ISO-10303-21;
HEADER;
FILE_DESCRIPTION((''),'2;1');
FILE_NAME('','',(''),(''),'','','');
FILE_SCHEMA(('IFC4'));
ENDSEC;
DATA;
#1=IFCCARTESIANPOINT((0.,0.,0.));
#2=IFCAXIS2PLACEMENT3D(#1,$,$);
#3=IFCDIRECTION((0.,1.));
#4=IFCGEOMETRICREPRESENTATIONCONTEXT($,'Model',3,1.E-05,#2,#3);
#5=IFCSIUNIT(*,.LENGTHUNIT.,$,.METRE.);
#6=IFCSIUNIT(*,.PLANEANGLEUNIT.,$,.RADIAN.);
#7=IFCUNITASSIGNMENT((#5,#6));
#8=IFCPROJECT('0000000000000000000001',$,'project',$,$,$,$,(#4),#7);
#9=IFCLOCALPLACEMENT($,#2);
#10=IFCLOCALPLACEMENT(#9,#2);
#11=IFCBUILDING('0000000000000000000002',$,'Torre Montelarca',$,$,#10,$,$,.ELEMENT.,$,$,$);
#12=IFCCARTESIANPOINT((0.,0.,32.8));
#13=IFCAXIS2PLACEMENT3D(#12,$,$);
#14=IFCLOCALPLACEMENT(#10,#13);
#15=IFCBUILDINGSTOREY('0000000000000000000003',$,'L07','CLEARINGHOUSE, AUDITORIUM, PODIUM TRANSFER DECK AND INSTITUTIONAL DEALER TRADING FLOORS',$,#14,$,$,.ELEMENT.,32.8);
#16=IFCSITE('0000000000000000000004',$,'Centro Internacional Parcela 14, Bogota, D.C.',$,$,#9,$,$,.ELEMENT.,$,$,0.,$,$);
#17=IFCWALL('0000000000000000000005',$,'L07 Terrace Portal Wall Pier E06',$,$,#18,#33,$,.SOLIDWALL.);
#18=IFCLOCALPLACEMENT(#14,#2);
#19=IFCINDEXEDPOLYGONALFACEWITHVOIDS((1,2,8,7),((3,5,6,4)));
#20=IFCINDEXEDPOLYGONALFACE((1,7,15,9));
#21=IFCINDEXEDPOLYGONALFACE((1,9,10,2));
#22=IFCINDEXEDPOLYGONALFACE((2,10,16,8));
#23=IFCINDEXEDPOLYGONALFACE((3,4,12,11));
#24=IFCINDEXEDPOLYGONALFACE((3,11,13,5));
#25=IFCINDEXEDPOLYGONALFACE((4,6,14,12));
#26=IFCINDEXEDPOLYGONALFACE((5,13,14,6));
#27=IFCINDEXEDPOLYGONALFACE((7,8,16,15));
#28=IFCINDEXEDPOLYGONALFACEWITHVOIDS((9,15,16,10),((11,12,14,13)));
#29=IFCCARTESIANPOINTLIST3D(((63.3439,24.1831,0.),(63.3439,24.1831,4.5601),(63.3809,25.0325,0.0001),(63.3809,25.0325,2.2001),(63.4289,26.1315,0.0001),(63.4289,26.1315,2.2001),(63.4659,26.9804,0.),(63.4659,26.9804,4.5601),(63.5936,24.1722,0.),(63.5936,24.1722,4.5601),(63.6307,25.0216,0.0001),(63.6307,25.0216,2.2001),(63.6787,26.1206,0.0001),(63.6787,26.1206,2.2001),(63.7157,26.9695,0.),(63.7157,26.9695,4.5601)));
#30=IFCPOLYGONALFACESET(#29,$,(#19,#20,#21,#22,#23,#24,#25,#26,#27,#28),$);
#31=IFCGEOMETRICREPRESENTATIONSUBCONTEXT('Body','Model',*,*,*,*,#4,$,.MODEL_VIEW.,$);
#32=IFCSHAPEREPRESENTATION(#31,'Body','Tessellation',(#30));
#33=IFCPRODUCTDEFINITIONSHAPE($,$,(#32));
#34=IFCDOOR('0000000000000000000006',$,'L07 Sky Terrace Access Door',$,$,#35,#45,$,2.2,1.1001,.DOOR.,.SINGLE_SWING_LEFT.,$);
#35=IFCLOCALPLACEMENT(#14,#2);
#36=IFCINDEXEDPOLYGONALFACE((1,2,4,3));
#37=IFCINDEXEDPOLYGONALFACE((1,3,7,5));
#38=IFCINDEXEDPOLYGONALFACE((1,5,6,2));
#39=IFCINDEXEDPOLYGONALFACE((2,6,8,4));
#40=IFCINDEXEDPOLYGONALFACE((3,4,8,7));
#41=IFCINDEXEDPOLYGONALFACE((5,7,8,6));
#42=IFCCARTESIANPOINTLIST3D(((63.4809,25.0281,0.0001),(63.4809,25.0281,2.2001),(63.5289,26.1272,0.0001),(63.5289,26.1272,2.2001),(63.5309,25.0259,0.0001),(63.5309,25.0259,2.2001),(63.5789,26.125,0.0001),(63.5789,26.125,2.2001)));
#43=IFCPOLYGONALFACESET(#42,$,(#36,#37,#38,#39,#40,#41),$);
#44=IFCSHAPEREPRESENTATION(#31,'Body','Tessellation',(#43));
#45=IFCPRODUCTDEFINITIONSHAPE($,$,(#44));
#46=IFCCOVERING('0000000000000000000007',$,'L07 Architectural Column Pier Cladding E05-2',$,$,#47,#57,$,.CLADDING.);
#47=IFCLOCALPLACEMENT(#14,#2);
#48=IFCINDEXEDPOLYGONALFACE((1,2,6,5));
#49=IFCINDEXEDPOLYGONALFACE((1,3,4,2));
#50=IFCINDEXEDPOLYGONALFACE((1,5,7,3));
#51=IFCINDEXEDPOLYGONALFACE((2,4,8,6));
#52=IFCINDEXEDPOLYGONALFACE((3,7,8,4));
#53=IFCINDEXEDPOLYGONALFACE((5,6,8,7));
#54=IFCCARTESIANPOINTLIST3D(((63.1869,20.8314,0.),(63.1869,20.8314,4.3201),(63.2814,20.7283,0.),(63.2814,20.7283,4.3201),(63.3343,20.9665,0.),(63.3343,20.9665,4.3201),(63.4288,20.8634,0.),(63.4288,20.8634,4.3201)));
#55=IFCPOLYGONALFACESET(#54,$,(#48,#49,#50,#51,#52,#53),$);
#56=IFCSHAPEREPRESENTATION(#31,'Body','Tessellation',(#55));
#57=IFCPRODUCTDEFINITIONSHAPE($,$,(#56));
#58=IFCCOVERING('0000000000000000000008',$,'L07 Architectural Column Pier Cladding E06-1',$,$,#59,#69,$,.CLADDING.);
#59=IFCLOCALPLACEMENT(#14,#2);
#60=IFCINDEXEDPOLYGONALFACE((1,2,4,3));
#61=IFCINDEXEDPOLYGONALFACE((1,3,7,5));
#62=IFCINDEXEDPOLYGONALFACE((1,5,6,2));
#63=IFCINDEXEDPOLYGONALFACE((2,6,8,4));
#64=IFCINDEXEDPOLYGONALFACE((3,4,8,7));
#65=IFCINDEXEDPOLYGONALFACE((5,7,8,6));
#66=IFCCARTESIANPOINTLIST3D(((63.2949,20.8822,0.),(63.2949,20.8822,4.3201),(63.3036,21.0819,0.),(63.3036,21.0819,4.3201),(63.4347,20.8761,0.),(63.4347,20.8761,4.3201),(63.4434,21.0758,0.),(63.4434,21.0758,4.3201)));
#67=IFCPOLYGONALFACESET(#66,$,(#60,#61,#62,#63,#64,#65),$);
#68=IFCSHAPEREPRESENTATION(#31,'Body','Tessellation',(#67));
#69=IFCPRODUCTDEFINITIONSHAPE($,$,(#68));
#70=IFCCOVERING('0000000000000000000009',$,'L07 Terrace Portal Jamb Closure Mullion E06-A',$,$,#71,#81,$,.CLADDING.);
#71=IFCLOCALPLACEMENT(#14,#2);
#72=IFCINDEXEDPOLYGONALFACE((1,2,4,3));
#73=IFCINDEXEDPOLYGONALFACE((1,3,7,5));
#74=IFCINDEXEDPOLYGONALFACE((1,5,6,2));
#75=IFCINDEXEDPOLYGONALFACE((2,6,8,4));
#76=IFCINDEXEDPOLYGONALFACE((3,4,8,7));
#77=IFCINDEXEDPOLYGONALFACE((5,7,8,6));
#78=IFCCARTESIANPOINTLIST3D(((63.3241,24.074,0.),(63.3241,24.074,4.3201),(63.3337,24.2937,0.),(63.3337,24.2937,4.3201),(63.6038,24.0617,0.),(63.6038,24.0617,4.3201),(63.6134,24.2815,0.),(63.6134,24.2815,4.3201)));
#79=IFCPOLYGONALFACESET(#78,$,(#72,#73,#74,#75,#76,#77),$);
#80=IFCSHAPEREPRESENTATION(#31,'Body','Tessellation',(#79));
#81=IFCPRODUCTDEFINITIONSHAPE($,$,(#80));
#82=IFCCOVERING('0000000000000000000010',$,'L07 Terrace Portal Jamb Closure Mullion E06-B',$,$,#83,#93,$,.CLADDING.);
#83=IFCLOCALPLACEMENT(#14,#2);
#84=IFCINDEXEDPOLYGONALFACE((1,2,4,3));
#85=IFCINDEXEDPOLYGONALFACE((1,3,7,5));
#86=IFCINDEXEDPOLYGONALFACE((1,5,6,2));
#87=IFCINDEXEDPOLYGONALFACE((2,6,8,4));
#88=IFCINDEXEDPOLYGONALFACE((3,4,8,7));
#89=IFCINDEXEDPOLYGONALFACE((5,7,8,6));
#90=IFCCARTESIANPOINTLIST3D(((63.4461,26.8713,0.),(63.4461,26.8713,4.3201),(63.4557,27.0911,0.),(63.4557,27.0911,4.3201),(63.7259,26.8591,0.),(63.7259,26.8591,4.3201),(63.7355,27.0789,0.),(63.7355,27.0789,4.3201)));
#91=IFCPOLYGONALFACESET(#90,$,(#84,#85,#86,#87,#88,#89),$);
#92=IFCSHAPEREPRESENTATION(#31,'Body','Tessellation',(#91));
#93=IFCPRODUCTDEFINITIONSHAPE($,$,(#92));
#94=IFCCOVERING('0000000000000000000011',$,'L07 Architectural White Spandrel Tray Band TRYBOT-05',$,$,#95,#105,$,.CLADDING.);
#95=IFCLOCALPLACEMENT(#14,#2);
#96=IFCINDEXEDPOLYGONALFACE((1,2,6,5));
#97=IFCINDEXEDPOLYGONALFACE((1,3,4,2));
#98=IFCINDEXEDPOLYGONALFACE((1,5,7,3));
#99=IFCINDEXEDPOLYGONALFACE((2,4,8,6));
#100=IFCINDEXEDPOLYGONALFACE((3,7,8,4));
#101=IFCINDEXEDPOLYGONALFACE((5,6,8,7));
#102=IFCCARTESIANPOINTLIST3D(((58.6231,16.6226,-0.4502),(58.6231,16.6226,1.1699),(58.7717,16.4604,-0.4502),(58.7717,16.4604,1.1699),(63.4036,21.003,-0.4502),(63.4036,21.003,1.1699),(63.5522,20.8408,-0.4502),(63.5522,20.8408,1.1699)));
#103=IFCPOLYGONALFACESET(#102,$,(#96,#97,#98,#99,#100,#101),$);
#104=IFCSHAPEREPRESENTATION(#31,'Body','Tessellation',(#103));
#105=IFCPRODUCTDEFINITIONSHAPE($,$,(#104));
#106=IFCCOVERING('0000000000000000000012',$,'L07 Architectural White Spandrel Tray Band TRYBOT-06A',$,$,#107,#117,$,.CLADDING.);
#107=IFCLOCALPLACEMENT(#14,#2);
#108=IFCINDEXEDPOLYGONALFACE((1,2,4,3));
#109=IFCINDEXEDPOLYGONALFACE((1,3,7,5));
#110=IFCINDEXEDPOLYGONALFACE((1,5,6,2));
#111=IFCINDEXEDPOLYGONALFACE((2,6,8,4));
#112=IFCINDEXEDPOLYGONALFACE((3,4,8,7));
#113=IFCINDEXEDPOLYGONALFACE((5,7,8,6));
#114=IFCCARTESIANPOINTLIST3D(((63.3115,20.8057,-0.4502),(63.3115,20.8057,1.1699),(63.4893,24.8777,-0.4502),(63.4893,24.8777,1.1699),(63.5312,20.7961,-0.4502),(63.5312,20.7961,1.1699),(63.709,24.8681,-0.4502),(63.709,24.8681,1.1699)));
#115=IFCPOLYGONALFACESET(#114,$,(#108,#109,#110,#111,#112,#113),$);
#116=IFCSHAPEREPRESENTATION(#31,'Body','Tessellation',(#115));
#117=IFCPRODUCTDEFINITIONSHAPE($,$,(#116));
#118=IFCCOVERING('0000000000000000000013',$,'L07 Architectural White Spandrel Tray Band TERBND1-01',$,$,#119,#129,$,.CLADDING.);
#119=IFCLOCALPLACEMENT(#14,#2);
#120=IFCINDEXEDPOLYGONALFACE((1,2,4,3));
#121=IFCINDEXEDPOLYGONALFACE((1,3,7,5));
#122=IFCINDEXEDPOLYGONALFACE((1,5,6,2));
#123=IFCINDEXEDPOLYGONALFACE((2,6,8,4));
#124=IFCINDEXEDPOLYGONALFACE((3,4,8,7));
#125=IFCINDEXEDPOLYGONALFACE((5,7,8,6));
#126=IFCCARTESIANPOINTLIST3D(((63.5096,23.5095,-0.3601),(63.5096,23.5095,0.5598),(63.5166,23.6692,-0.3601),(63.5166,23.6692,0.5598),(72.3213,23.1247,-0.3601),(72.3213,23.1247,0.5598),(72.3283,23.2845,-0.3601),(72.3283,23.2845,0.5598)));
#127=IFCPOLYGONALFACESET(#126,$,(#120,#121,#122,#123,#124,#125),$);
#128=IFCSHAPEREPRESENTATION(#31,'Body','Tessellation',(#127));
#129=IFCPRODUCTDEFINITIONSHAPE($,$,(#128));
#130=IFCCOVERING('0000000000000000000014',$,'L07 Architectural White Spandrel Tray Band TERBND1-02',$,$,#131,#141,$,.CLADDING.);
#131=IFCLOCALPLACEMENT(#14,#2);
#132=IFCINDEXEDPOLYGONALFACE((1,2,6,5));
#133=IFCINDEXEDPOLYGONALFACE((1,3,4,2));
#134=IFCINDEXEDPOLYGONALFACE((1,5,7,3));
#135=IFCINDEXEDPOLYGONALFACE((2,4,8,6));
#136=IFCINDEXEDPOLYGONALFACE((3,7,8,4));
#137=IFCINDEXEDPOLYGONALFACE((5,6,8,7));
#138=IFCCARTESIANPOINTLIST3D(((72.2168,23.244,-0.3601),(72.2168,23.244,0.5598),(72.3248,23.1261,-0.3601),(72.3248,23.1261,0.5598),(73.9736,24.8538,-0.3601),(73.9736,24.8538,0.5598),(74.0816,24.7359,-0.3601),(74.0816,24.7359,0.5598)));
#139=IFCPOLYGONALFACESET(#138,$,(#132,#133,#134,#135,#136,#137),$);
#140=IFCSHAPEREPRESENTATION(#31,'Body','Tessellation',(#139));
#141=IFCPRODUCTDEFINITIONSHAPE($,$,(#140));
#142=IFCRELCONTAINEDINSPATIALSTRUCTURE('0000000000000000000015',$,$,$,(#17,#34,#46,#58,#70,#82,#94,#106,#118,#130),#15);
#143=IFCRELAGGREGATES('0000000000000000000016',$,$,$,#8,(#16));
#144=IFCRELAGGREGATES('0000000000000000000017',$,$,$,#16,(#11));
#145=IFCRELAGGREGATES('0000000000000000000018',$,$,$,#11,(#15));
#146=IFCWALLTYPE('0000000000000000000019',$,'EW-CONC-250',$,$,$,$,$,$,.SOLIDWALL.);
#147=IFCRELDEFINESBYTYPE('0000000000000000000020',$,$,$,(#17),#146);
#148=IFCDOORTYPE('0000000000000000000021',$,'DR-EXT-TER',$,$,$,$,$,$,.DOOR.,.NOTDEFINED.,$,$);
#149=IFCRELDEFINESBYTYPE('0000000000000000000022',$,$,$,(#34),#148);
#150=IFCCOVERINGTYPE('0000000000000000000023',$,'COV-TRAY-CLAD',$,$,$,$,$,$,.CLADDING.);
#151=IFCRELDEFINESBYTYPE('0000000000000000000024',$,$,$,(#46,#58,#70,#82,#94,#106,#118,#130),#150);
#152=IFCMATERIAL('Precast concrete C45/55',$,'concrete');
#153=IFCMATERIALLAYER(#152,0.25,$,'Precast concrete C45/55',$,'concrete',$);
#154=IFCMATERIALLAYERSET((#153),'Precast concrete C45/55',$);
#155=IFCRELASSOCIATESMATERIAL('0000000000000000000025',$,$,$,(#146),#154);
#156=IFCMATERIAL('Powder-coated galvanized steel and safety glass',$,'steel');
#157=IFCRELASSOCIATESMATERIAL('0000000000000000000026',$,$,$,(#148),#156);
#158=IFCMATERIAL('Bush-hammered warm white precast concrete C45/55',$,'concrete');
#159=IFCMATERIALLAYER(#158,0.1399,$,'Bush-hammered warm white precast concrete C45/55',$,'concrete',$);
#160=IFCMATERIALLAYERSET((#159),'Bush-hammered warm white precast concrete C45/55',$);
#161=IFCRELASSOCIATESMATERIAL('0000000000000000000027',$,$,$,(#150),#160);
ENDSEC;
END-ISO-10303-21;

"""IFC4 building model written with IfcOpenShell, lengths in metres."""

from ifc_helpers import new_model, si_unit, direction, frame, frame_2d, origin, origin_2d, place, context, subcontext, project, spatial, rectangle, extrude, source, transform, mapped, material, layer, layer_set, type_object, element, fill, save


model = new_model("IFC4")

# Units and contexts
model_context = context("Model", 3, precision=1e-05, world=origin(), true_north=direction((0.0, 1.0)))
body_context = subcontext(model_context, "Body", "Model", "MODEL_VIEW")
ifc_project = project(units=[si_unit("LENGTHUNIT", "METRE"), si_unit("PLANEANGLEUNIT", "RADIAN")], contexts=[model_context])

# Site, building, storey
site_placement = place(None, origin())
site = spatial("IfcSite", under=ifc_project, at=site_placement, Name="Centro Internacional Parcela 14, Bogota, D.C.", CompositionType="ELEMENT", RefElevation=0.0)
building_placement = place(site_placement, origin())
building = spatial("IfcBuilding", under=site, at=building_placement, Name="Torre Montelarca", CompositionType="ELEMENT")
storey_placement = place(building_placement, frame((0.0, 0.0, 32.8)))
storey = spatial("IfcBuildingStorey", under=building, at=storey_placement, Name="L07", Description="CLEARINGHOUSE, AUDITORIUM, PODIUM TRANSFER DECK AND INSTITUTIONAL DEALER TRADING FLOORS", CompositionType="ELEMENT", Elevation=32.8)

# Wall, opening, door
ifc_material_1 = material(Name="Precast concrete C45/55", Category="concrete")
ifc_layer_1 = layer(ifc_material_1, 0.25, Name="Precast concrete C45/55", Category="concrete")
ifc_layer_set_1 = layer_set([ifc_layer_1], Name="Precast concrete C45/55")
wall_type = type_object("IfcWallType", Name="EW-CONC-250", PredefinedType="SOLIDWALL", material=ifc_layer_set_1)
wall_placement = place(storey_placement, frame((63.4688, 24.1777, 0.0), z_axis=(0.0, 0.0, 1.0), x_axis=(0.043596, 0.999049, 0.0)))
wall = element("IfcWall", 1, at=wall_placement, inside=storey, type_object=wall_type, Name="L07 Terrace Portal Wall Pier E06", PredefinedType="SOLIDWALL", context=body_context, shape_type="SweptSolid", body=[
    extrude(rectangle(XDim=2.8, YDim=0.25, at=frame_2d((1.3999, 0.0))), origin(), (0.0, 0.0, 1.0), 4.5601),
])
opening_placement = place(wall_placement, frame((0.8501, 0.0, 0.0)))
opening = element("IfcOpeningElement", 2, at=opening_placement, cuts=wall, PredefinedType="OPENING", context=body_context, shape_type="SweptSolid", body=[
    extrude(rectangle(XDim=1.1001, YDim=2.2, at=frame_2d((0.55, 1.1001))), frame((0.0, 0.135, 0.0), z_axis=(0.0, -1.0, 0.0), x_axis=(1.0, 0.0, 0.0)), (0.0, 0.0, 1.0), 0.27),
])
ifc_material_2 = material(Name="Powder-coated galvanized steel and safety glass", Category="steel")
door_type = type_object("IfcDoorType", Name="DR-EXT-TER", OperationType="NOTDEFINED", PredefinedType="DOOR", material=ifc_material_2)
shared_shape_1 = source(origin(), body_context, "Body", "SweptSolid", [
    extrude(rectangle(XDim=1.1001, YDim=2.2, at=frame_2d((0.55, 1.1001))), frame((0.0, 0.0249, 0.0), z_axis=(0.0, -1.0, 0.0), x_axis=(1.0, 0.0, 0.0)), (0.0, 0.0, 1.0), 0.05),
])
door_placement = place(opening_placement, origin())
door = element("IfcDoor", 3, at=door_placement, inside=storey, type_object=door_type, Name="L07 Sky Terrace Access Door", OperationType="SINGLE_SWING_LEFT", OverallHeight=2.2, OverallWidth=1.1001, PredefinedType="DOOR", context=body_context, shape_type="MappedRepresentation", body=[
    mapped(shared_shape_1, transform((0.0, 0.0, 0.0), scale=1.0)),
])
fill(opening, door)

# Coverings
ifc_material_3 = material(Name="Bush-hammered warm white precast concrete C45/55", Category="concrete")
ifc_layer_2 = layer(ifc_material_3, 0.1399, Name="Bush-hammered warm white precast concrete C45/55", Category="concrete")
ifc_layer_set_2 = layer_set([ifc_layer_2], Name="Bush-hammered warm white precast concrete C45/55")
covering_type = type_object("IfcCoveringType", Name="COV-TRAY-CLAD", PredefinedType="CLADDING", material=ifc_layer_set_2)
shared_shape_2 = source(origin(), body_context, "Body", "SweptSolid", [
    extrude(rectangle(XDim=0.2, YDim=0.1399, at=origin_2d()), origin(), (0.0, 0.0, 1.0), 4.3201),
])
for number, where, z_axis, x_axis, name in (
    (4, (63.3079, 20.8474, 0.0), (0.0, 0.0, 1.0), (0.737281, 0.675586, 0.0), "L07 Architectural Column Pier Cladding E05-2"),
    (5, (63.3691, 20.979, 0.0), (0.0, 0.0, 1.0), (0.043621, 0.999048, 0.0), "L07 Architectural Column Pier Cladding E06-1"),
):
    element("IfcCovering", number, at=place(storey_placement, frame(where, z_axis=z_axis, x_axis=x_axis)), inside=storey, type_object=covering_type, Name=name, PredefinedType="CLADDING", context=body_context, shape_type="MappedRepresentation", body=[
        mapped(shared_shape_2, transform((0.0, 0.0, 0.0), scale=1.0)),
    ])
shared_shape_3 = source(origin(), body_context, "Body", "SweptSolid", [
    extrude(rectangle(XDim=0.22, YDim=0.28, at=origin_2d()), origin(), (0.0, 0.0, 1.0), 4.3201),
])
for number, where, z_axis, x_axis, name in (
    (6, (63.4688, 24.1777, 0.0), (0.0, 0.0, 1.0), (0.043621, 0.999048, 0.0), "L07 Terrace Portal Jamb Closure Mullion E06-A"),
    (7, (63.5908, 26.9751, 0.0), (0.0, 0.0, 1.0), (0.043621, 0.999048, 0.0), "L07 Terrace Portal Jamb Closure Mullion E06-B"),
):
    element("IfcCovering", number, at=place(storey_placement, frame(where, z_axis=z_axis, x_axis=x_axis)), inside=storey, type_object=covering_type, Name=name, PredefinedType="CLADDING", context=body_context, shape_type="MappedRepresentation", body=[
        mapped(shared_shape_3, transform((0.0, 0.0, 0.0), scale=1.0)),
    ])
shared_shape_4 = source(origin(), body_context, "Body", "SweptSolid", [
    extrude(rectangle(XDim=6.4839, YDim=0.22, at=origin_2d()), origin(), (0.0, 0.0, 1.0), 1.6201),
])
covering_1_placement = place(storey_placement, frame((61.0876, 18.7317, -0.4502), z_axis=(0.0, 0.0, 1.0), x_axis=(0.73728, 0.675588, 0.0)))
element("IfcCovering", 8, at=covering_1_placement, inside=storey, type_object=covering_type, Name="L07 Architectural White Spandrel Tray Band TRYBOT-05", PredefinedType="CLADDING", context=body_context, shape_type="MappedRepresentation", body=[
    mapped(shared_shape_4, transform((0.0, 0.0, 0.0), scale=1.0)),
])
shared_shape_5 = source(origin(), body_context, "Body", "SweptSolid", [
    extrude(rectangle(XDim=4.0759, YDim=0.22, at=origin_2d()), origin(), (0.0, 0.0, 1.0), 1.6201),
])
covering_2_placement = place(storey_placement, frame((63.5103, 22.8369, -0.4502), z_axis=(0.0, 0.0, 1.0), x_axis=(0.043619, 0.999048, 0.0)))
element("IfcCovering", 9, at=covering_2_placement, inside=storey, type_object=covering_type, Name="L07 Architectural White Spandrel Tray Band TRYBOT-06A", PredefinedType="CLADDING", context=body_context, shape_type="MappedRepresentation", body=[
    mapped(shared_shape_5, transform((0.0, 0.0, 0.0), scale=1.0)),
])
shared_shape_6 = source(origin(), body_context, "Body", "SweptSolid", [
    extrude(rectangle(XDim=8.8201, YDim=0.1599, at=origin_2d()), origin(), (0.0, 0.0, 1.0), 0.9199),
])
covering_3_placement = place(storey_placement, frame((67.9189, 23.397, -0.3601), z_axis=(0.0, 0.0, 1.0), x_axis=(0.999048, -0.043621, 0.0)))
element("IfcCovering", 10, at=covering_3_placement, inside=storey, type_object=covering_type, Name="L07 Architectural White Spandrel Tray Band TERBND1-01", PredefinedType="CLADDING", context=body_context, shape_type="MappedRepresentation", body=[
    mapped(shared_shape_6, transform((0.0, 0.0, 0.0), scale=1.0)),
])
shared_shape_7 = source(origin(), body_context, "Body", "SweptSolid", [
    extrude(rectangle(XDim=2.3828, YDim=0.1599, at=origin_2d()), origin(), (0.0, 0.0, 1.0), 0.9199),
])
covering_4_placement = place(storey_placement, frame((73.1492, 23.99, -0.3601), z_axis=(0.0, 0.0, 1.0), x_axis=(0.737281, 0.675586, 0.0)))
element("IfcCovering", 11, at=covering_4_placement, inside=storey, type_object=covering_type, Name="L07 Architectural White Spandrel Tray Band TERBND1-02", PredefinedType="CLADDING", context=body_context, shape_type="MappedRepresentation", body=[
    mapped(shared_shape_7, transform((0.0, 0.0, 0.0), scale=1.0)),
])

save(model, "model.ifc")
